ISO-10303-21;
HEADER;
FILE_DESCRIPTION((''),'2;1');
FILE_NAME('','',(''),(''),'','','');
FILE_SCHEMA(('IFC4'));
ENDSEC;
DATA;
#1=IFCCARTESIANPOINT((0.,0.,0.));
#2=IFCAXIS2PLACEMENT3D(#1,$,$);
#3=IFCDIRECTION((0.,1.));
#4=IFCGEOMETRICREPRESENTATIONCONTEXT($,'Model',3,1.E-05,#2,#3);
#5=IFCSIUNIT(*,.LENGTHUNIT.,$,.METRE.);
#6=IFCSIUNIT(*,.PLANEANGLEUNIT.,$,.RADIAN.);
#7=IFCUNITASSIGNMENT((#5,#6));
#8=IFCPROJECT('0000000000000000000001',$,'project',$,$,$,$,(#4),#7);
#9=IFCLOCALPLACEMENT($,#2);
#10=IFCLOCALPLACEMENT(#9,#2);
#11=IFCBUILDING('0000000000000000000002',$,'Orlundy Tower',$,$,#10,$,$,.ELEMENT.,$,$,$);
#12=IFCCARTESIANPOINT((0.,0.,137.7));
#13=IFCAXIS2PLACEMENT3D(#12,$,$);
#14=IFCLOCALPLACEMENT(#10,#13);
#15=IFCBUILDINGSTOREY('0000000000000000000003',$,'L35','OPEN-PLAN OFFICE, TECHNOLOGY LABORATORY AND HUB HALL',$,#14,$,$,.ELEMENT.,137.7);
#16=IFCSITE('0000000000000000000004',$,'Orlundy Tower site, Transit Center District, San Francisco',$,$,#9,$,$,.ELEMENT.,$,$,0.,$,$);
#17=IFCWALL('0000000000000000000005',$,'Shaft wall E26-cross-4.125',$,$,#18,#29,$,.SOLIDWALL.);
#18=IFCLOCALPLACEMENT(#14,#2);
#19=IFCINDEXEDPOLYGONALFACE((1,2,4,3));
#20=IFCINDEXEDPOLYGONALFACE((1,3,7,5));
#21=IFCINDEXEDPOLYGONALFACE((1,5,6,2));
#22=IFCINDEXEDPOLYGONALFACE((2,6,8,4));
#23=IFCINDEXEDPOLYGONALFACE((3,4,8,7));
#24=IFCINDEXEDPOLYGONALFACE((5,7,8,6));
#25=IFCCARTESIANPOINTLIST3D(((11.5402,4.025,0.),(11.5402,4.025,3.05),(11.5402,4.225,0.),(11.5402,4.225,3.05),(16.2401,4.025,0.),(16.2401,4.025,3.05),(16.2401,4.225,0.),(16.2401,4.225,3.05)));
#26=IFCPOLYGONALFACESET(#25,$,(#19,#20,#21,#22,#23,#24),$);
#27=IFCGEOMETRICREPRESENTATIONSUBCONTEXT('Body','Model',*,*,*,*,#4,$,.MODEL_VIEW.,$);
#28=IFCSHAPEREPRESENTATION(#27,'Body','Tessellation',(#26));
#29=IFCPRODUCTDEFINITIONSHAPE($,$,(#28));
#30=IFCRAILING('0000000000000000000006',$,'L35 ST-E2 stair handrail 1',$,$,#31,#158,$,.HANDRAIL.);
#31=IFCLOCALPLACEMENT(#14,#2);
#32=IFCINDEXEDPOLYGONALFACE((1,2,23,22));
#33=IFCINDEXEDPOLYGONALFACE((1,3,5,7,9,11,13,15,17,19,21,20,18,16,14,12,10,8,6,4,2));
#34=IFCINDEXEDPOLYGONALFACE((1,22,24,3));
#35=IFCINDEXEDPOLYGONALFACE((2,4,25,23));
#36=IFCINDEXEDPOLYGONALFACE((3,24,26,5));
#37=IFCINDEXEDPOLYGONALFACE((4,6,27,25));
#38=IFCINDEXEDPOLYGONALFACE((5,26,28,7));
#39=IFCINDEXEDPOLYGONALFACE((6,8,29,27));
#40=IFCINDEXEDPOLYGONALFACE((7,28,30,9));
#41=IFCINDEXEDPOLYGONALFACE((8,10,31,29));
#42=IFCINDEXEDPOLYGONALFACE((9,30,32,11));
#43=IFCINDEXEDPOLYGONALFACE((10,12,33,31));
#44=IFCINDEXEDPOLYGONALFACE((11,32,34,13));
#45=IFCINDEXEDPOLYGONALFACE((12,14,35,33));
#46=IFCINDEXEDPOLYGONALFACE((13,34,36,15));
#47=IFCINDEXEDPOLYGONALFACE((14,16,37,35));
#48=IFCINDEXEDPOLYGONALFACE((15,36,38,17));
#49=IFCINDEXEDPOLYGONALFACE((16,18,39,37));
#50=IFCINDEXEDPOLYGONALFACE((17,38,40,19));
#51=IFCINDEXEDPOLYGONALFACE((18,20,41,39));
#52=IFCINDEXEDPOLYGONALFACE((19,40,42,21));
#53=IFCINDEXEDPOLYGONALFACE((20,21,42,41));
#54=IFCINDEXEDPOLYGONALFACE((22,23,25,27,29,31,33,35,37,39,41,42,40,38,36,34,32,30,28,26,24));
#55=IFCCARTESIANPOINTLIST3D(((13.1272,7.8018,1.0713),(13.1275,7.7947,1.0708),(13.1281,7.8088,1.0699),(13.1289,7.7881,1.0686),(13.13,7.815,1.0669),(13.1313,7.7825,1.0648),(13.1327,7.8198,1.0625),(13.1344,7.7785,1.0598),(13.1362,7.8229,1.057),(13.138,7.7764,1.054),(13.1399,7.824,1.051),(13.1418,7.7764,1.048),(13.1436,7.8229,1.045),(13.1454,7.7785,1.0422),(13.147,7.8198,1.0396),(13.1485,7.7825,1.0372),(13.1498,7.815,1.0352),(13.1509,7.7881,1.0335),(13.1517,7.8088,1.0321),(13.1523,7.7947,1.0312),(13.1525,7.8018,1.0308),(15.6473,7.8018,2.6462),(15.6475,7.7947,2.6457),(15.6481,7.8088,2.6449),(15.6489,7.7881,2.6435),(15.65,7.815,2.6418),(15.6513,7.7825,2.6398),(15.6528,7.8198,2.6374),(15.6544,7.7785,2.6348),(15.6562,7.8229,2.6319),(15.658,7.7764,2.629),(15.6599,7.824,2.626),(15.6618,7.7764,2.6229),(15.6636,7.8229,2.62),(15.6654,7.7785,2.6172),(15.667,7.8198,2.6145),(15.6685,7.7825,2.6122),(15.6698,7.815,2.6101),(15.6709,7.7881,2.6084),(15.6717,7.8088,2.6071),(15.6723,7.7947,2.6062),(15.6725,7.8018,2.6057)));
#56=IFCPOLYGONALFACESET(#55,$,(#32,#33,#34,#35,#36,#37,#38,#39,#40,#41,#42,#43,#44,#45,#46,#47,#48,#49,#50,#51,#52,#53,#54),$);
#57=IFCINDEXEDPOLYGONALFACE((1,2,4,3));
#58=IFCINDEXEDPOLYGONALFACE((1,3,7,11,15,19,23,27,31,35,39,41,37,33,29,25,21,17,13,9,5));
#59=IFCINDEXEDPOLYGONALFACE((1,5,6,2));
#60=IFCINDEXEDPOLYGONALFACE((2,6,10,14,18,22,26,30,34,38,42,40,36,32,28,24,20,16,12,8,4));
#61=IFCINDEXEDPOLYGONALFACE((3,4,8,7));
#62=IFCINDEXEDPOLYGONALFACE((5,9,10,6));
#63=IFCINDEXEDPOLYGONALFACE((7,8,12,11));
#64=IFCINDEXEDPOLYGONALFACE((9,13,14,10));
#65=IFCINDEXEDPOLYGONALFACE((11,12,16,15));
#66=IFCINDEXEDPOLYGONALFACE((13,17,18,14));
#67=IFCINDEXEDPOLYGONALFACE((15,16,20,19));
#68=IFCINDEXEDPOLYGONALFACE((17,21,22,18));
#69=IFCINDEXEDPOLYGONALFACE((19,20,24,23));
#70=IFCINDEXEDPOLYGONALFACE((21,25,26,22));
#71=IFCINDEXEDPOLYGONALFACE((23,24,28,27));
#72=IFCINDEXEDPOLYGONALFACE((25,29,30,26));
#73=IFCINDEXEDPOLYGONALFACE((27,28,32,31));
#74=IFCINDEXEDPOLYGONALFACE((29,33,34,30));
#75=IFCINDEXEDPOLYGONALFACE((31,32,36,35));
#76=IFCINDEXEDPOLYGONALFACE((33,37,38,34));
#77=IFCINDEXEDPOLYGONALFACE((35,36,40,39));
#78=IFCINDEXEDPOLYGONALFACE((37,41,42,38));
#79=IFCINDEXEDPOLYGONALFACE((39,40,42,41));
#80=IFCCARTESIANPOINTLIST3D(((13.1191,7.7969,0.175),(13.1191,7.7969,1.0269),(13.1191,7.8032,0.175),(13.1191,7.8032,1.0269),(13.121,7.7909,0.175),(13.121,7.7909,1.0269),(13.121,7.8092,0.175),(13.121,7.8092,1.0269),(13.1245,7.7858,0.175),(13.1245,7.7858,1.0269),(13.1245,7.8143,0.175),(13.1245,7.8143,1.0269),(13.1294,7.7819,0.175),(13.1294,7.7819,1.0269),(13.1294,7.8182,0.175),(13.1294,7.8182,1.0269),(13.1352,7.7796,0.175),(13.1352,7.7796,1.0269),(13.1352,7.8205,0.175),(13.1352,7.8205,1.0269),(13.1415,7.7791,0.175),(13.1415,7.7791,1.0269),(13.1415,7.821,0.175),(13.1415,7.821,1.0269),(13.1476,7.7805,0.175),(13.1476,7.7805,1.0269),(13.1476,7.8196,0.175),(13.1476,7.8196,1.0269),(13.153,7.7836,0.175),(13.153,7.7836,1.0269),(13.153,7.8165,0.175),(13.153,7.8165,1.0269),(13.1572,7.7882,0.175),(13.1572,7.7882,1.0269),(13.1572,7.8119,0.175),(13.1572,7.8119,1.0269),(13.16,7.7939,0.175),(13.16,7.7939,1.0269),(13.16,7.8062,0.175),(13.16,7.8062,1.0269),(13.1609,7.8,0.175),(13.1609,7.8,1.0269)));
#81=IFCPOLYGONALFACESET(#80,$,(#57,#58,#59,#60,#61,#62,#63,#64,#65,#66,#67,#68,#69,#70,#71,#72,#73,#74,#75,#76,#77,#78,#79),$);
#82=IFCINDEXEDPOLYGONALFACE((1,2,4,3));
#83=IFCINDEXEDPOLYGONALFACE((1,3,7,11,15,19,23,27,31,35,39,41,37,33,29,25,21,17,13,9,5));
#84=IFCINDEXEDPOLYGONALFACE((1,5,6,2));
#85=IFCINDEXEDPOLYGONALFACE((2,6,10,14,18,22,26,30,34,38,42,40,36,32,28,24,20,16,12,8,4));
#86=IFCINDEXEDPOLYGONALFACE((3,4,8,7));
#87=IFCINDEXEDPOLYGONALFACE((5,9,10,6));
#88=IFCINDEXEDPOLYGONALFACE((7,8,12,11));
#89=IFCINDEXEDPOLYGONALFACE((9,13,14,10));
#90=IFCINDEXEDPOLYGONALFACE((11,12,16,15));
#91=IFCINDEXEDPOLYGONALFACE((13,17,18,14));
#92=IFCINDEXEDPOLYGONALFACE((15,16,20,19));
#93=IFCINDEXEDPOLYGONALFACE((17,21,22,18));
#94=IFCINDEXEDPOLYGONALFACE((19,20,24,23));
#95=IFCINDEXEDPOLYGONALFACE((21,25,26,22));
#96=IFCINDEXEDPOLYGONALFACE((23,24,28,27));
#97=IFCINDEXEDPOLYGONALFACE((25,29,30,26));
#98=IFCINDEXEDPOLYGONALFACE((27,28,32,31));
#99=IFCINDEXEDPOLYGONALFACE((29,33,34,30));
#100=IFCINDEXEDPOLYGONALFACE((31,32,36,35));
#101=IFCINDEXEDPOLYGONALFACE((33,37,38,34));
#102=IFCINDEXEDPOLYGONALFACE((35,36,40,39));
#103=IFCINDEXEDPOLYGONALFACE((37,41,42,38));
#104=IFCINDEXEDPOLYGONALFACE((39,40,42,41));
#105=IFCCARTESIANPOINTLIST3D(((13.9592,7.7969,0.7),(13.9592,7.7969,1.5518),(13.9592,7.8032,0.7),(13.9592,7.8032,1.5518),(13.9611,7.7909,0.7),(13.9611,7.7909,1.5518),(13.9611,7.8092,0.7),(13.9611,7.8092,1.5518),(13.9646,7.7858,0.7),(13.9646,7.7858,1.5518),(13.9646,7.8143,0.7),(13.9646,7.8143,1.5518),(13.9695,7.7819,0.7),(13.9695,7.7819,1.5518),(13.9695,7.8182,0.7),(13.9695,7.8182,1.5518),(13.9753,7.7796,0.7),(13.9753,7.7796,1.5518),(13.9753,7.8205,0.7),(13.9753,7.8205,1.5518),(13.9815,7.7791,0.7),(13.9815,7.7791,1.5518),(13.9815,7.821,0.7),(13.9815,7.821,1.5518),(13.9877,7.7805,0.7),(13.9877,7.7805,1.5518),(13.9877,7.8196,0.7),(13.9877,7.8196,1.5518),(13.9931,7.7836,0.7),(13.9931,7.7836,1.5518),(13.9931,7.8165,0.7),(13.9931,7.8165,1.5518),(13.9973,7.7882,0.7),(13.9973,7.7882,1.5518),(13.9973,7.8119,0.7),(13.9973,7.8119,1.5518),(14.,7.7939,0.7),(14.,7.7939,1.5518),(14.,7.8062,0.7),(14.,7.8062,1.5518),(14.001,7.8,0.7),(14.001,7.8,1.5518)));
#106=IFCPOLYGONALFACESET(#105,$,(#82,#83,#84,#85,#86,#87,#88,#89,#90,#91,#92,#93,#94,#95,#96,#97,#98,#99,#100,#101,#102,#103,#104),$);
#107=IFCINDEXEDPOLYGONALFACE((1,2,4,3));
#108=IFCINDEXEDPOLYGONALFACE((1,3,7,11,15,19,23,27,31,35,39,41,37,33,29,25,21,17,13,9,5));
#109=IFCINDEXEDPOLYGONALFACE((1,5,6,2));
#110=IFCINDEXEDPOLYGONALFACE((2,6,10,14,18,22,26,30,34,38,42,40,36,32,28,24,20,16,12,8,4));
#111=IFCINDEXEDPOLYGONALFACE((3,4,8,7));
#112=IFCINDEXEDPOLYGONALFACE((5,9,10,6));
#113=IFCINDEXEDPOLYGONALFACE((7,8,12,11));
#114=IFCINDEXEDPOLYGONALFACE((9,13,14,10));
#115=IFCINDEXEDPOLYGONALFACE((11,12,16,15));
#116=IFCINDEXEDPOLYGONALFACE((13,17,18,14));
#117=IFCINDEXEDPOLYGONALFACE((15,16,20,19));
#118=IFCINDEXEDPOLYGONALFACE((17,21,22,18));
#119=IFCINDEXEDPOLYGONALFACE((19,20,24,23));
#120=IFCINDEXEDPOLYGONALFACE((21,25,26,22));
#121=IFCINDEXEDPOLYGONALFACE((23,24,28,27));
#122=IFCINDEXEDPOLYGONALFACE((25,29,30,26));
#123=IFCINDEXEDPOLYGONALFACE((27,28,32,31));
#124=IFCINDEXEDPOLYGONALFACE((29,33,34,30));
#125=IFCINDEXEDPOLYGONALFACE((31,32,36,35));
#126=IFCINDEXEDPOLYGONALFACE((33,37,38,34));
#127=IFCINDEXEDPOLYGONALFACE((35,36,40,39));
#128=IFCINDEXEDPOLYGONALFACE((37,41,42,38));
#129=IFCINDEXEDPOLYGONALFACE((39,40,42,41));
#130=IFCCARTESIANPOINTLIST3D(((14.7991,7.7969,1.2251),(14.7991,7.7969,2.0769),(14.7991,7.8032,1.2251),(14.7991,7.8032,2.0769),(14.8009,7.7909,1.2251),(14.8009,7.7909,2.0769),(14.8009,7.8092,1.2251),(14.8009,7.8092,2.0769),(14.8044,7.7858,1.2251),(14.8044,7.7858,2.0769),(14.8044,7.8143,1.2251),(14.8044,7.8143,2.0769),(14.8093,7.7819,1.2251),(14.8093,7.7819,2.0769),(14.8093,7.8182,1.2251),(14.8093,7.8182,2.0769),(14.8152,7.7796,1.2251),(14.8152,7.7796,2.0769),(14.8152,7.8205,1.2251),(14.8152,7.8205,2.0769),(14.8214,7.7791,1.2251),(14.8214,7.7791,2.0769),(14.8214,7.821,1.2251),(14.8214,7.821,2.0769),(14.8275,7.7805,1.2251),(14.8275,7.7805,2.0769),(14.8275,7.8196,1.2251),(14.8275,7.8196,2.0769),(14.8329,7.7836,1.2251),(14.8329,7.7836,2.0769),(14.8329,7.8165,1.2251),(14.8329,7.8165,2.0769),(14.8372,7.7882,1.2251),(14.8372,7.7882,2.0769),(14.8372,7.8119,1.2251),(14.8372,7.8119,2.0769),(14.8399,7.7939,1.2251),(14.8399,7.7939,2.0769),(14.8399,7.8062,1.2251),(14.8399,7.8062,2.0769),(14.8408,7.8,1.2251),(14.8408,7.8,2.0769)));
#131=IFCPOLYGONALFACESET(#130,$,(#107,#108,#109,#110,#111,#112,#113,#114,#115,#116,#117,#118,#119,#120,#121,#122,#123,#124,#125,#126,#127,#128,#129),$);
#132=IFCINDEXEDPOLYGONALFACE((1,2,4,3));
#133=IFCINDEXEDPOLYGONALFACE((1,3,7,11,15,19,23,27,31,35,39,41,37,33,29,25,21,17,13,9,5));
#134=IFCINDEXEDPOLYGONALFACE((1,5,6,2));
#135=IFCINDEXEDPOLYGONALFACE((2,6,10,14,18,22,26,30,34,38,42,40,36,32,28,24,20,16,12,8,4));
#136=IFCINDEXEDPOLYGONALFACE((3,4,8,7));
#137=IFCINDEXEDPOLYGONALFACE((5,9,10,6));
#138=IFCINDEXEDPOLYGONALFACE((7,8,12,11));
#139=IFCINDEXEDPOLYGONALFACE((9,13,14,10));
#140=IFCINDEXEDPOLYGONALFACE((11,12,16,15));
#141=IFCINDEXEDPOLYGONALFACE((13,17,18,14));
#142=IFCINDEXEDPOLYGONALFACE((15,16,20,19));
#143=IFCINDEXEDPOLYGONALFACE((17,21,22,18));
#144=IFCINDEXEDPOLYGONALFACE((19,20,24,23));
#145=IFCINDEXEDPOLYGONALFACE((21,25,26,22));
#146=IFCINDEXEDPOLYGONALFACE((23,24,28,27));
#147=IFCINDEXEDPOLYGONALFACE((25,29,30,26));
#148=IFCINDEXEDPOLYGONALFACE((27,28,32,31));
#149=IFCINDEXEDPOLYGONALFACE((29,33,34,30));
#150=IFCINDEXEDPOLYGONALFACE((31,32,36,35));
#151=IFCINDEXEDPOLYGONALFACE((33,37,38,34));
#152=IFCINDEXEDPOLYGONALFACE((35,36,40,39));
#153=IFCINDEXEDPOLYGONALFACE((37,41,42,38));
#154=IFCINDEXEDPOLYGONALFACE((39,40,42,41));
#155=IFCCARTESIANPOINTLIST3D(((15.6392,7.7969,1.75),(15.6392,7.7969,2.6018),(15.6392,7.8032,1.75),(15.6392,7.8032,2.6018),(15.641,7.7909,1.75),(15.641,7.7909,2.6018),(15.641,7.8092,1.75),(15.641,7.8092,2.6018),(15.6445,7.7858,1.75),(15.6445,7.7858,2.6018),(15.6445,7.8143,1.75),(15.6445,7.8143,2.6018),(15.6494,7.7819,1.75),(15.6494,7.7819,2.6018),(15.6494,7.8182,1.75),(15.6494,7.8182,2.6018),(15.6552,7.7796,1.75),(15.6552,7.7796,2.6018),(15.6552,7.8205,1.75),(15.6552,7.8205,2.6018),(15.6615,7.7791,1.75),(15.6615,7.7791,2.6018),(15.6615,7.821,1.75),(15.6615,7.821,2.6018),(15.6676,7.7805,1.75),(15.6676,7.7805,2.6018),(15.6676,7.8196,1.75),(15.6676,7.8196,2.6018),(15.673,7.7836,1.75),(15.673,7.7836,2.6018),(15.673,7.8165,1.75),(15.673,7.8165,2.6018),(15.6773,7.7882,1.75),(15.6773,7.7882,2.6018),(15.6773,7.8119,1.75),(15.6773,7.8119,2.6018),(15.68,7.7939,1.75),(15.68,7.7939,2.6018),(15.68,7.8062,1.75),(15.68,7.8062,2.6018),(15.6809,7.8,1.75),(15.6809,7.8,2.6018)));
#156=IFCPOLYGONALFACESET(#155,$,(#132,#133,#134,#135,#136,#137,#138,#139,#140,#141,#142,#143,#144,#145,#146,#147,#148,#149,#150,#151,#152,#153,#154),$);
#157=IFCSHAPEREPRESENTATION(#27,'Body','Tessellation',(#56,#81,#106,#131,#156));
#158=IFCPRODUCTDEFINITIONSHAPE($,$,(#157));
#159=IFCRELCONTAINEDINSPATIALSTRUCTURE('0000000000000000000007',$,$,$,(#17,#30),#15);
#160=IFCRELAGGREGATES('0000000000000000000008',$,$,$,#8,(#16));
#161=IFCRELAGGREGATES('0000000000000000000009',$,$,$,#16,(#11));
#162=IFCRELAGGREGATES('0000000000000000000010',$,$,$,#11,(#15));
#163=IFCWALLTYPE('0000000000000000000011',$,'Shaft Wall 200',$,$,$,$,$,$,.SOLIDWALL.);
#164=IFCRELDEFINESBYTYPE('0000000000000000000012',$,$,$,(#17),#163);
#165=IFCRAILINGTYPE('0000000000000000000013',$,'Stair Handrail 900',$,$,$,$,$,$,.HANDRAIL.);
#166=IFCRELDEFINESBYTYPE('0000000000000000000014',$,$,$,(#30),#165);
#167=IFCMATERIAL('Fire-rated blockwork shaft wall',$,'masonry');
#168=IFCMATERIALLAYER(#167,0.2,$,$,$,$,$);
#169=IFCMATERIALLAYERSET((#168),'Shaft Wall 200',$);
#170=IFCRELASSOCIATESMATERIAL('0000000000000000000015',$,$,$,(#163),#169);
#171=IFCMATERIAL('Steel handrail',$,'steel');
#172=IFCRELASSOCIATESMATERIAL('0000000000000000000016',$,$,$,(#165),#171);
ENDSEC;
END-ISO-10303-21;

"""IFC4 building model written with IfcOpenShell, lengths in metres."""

from ifc_helpers import new_model, si_unit, direction, frame, frame_2d, origin, origin_2d, place, context, subcontext, project, spatial, rectangle, circle, extrude, material, layer, layer_set, type_object, element, save


model = new_model("IFC4")

# Units and contexts
model_context = context("Model", 3, precision=1e-05, world=origin(), true_north=direction((0.0, 1.0)))
body_context = subcontext(model_context, "Body", "Model", "MODEL_VIEW")
ifc_project = project(units=[si_unit("LENGTHUNIT", "METRE"), si_unit("PLANEANGLEUNIT", "RADIAN")], contexts=[model_context])

# Site, building, storey
site_placement = place(None, origin())
site = spatial("IfcSite", under=ifc_project, at=site_placement, Name="Orlundy Tower site, Transit Center District, San Francisco", CompositionType="ELEMENT", RefElevation=0.0)
building_placement = place(site_placement, origin())
building = spatial("IfcBuilding", under=site, at=building_placement, Name="Orlundy Tower", CompositionType="ELEMENT")
storey_placement = place(building_placement, frame((0.0, 0.0, 137.7)))
storey = spatial("IfcBuildingStorey", under=building, at=storey_placement, Name="L35", Description="OPEN-PLAN OFFICE, TECHNOLOGY LABORATORY AND HUB HALL", CompositionType="ELEMENT", Elevation=137.7)

# Wall
ifc_material_1 = material(Name="Fire-rated blockwork shaft wall", Category="masonry")
ifc_layer_1 = layer(ifc_material_1, 0.2)
ifc_layer_set_1 = layer_set([ifc_layer_1], Name="Shaft Wall 200")
wall_type_1 = type_object("IfcWallType", Name="Shaft Wall 200", PredefinedType="SOLIDWALL", material=ifc_layer_set_1)
wall_1_placement = place(storey_placement, frame((11.54, 4.125, 0.0), z_axis=(0.0, 0.0, 1.0), x_axis=(1.0, 0.0, 0.0)))
element("IfcWall", 1, at=wall_1_placement, inside=storey, type_object=wall_type_1, Name="Shaft wall E26-cross-4.125", PredefinedType="SOLIDWALL", context=body_context, shape_type="SweptSolid", body=[
    extrude(rectangle(XDim=4.7, YDim=0.2, at=frame_2d((2.3501, 0.0))), origin(), (0.0, 0.0, 1.0), 3.05),
])

# Railing
ifc_material_2 = material(Name="Steel handrail", Category="steel")
railing_type_1 = type_object("IfcRailingType", Name="Stair Handrail 900", PredefinedType="HANDRAIL", material=ifc_material_2)
railing_1_placement = place(storey_placement, frame((13.1399, 7.8, 0.175)))
element("IfcRailing", 2, at=railing_1_placement, inside=storey, type_object=railing_type_1, Name="L35 ST-E2 stair handrail 1", PredefinedType="HANDRAIL", context=body_context, shape_type="SweptSolid", body=[
    extrude(circle(Radius=0.0239, at=origin_2d()), frame((0.0, 0.0, 0.876), z_axis=(0.848008, 0.0, 0.529984), x_axis=(0.0, 1.0, 0.0)), (0.0, 0.0, 1.0), 2.9717),
    extrude(circle(Radius=0.021, at=origin_2d()), origin(), (0.0, 0.0, 1.0), 0.8518),
    extrude(circle(Radius=0.021, at=origin_2d()), frame((0.8401, 0.0, 0.5249)), (0.0, 0.0, 1.0), 0.8518),
    extrude(circle(Radius=0.021, at=origin_2d()), frame((1.6799, 0.0, 1.05)), (0.0, 0.0, 1.0), 0.8518),
    extrude(circle(Radius=0.021, at=origin_2d()), frame((2.52, 0.0, 1.575)), (0.0, 0.0, 1.0), 0.8518),
])

save(model, "model.ifc")
